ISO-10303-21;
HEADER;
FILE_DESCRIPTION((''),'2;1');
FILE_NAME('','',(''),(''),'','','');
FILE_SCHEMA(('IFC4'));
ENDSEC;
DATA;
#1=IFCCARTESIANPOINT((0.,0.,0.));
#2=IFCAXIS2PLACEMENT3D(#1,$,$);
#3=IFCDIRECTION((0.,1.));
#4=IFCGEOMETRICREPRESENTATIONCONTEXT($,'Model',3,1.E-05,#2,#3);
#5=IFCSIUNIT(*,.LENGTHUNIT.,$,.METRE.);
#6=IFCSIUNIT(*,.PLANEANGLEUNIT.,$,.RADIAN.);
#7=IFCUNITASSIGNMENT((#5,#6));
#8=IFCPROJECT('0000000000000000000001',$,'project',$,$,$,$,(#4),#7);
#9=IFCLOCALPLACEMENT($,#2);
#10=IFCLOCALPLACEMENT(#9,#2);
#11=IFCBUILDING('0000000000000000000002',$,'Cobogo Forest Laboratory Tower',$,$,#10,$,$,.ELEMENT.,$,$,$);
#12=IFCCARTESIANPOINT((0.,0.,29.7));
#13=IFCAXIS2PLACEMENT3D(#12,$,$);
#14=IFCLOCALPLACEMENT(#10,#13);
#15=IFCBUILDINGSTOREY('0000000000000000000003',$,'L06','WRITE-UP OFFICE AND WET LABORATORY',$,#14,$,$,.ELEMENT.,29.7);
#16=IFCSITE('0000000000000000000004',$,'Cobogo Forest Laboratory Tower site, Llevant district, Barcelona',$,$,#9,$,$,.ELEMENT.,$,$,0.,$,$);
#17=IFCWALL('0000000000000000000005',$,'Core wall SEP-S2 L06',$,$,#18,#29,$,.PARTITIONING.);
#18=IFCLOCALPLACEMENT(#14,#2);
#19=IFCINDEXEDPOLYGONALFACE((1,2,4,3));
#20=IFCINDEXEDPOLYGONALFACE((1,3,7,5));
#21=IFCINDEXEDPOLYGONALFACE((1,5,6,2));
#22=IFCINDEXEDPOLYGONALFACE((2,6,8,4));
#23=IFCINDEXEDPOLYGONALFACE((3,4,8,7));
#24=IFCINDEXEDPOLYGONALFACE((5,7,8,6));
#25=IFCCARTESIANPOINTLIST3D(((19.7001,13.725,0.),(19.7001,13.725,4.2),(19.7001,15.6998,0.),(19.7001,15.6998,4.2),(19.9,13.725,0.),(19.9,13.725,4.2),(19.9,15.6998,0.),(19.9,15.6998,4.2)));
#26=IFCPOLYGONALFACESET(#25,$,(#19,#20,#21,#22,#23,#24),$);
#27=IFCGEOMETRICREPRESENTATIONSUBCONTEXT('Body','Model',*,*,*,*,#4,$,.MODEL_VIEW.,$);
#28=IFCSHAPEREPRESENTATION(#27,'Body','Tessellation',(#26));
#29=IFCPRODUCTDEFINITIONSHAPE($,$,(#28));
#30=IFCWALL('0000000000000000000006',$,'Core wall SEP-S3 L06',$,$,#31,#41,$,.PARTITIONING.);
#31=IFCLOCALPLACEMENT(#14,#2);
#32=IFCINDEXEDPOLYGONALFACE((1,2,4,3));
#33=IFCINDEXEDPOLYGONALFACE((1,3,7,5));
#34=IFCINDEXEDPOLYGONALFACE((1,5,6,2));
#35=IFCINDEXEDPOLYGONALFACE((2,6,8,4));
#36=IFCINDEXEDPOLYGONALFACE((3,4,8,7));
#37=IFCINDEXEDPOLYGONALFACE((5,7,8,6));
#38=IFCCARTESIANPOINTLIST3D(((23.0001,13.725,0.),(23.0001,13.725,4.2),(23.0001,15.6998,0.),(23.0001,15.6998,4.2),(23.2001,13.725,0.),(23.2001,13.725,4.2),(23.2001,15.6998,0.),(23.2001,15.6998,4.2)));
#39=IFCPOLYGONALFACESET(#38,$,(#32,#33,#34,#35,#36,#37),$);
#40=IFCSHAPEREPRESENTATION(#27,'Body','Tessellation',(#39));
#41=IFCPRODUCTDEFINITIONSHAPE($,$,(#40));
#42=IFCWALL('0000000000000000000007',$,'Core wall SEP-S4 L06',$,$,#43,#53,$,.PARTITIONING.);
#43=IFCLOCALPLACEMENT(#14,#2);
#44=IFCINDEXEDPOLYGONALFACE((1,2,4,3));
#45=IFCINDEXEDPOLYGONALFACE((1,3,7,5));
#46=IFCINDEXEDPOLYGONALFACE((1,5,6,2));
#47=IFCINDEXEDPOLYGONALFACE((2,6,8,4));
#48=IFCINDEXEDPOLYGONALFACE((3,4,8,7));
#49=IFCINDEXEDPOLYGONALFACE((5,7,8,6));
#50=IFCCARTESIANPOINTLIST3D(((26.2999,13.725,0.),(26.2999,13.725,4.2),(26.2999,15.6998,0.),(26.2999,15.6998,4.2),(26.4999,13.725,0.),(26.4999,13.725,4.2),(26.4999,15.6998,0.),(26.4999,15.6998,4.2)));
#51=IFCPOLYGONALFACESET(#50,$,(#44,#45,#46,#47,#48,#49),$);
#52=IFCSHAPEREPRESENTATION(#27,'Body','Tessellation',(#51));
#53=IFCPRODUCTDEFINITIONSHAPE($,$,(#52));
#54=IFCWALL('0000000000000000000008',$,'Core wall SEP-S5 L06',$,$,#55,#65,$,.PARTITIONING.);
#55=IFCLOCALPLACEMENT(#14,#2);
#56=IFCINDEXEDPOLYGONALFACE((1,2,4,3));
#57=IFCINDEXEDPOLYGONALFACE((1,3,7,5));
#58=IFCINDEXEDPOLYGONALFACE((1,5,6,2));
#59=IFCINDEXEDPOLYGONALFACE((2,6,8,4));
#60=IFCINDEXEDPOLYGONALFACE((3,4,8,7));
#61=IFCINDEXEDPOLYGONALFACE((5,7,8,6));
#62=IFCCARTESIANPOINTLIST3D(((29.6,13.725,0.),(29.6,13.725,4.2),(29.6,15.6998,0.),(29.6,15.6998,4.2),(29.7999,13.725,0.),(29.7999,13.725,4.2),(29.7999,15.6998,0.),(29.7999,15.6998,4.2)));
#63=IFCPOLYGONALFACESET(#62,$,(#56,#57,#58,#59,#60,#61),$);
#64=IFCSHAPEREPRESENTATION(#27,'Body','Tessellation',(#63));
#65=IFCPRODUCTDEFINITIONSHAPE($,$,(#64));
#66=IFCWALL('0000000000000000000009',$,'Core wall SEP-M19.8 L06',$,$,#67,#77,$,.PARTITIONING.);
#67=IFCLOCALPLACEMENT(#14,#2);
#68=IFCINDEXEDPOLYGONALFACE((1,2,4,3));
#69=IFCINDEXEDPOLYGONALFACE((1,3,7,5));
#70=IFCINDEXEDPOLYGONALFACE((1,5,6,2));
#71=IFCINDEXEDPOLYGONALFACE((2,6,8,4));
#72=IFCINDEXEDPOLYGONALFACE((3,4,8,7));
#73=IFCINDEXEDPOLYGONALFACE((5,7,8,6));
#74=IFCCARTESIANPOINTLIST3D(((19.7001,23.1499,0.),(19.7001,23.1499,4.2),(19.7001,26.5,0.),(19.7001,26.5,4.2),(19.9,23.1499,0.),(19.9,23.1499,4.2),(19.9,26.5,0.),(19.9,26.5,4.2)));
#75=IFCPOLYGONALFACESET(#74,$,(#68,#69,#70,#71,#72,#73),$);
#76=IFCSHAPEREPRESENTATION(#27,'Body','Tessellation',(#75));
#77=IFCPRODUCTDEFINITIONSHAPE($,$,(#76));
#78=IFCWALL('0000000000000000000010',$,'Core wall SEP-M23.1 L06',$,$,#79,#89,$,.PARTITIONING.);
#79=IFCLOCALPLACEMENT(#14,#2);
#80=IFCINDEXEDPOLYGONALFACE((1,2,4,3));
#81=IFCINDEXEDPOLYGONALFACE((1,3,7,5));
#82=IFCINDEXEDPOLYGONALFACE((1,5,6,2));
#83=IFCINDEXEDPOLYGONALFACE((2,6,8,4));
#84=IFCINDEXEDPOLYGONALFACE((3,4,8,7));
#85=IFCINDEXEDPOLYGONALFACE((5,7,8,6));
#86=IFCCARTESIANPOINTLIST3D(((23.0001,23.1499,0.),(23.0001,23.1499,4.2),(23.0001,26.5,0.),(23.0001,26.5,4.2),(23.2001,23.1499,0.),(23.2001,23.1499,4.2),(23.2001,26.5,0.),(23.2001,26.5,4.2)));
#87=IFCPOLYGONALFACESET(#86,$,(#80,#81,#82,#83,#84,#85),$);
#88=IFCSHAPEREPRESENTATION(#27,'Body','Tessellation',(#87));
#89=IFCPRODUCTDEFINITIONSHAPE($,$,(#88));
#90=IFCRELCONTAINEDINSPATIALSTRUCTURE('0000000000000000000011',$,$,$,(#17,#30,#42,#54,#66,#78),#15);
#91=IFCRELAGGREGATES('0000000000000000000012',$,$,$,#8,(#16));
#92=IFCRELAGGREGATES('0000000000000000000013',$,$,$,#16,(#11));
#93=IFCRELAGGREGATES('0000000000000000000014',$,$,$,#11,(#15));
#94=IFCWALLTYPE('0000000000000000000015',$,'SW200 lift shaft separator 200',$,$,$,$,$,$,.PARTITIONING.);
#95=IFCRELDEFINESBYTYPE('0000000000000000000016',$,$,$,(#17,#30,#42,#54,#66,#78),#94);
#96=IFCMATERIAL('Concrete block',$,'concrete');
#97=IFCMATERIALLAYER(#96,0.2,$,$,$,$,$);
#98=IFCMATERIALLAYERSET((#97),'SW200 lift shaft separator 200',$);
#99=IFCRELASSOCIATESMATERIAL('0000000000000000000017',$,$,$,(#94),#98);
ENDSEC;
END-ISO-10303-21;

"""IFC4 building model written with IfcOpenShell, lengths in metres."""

from ifc_helpers import new_model, si_unit, direction, frame, frame_2d, origin, place, context, subcontext, project, spatial, rectangle, extrude, material, layer, layer_set, type_object, element, save


model = new_model("IFC4")

# Units and contexts
model_context = context("Model", 3, precision=1e-05, world=origin(), true_north=direction((0.0, 1.0)))
body_context = subcontext(model_context, "Body", "Model", "MODEL_VIEW")
ifc_project = project(units=[si_unit("LENGTHUNIT", "METRE"), si_unit("PLANEANGLEUNIT", "RADIAN")], contexts=[model_context])

# Site, building, storey
site_placement = place(None, origin())
site = spatial("IfcSite", under=ifc_project, at=site_placement, Name="Cobogo Forest Laboratory Tower site, Llevant district, Barcelona", CompositionType="ELEMENT", RefElevation=0.0)
building_placement = place(site_placement, origin())
building = spatial("IfcBuilding", under=site, at=building_placement, Name="Cobogo Forest Laboratory Tower", CompositionType="ELEMENT")
storey_placement = place(building_placement, frame((0.0, 0.0, 29.7)))
storey = spatial("IfcBuildingStorey", under=building, at=storey_placement, Name="L06", Description="WRITE-UP OFFICE AND WET LABORATORY", CompositionType="ELEMENT", Elevation=29.7)

# Walls
ifc_material_1 = material(Name="Concrete block", Category="concrete")
ifc_layer_1 = layer(ifc_material_1, 0.2)
ifc_layer_set_1 = layer_set([ifc_layer_1], Name="SW200 lift shaft separator 200")
wall_type_1 = type_object("IfcWallType", Name="SW200 lift shaft separator 200", PredefinedType="PARTITIONING", material=ifc_layer_set_1)
for number, where, z_axis, x_axis, name in (
    (1, (19.8, 13.7251, 0.0), (0.0, 0.0, 1.0), (0.0, 1.0, 0.0), "Core wall SEP-S2 L06"),
    (2, (23.1001, 13.7251, 0.0), (0.0, 0.0, 1.0), (0.0, 1.0, 0.0), "Core wall SEP-S3 L06"),
    (3, (26.3999, 13.7251, 0.0), (0.0, 0.0, 1.0), (0.0, 1.0, 0.0), "Core wall SEP-S4 L06"),
    (4, (29.7, 13.7251, 0.0), (0.0, 0.0, 1.0), (0.0, 1.0, 0.0), "Core wall SEP-S5 L06"),
):
    element("IfcWall", number, at=place(storey_placement, frame(where, z_axis=z_axis, x_axis=x_axis)), inside=storey, type_object=wall_type_1, Name=name, PredefinedType="PARTITIONING", context=body_context, shape_type="SweptSolid", body=[
        extrude(rectangle(XDim=1.9749, YDim=0.2, at=frame_2d((0.9873, 0.0))), origin(), (0.0, 0.0, 1.0), 4.2),
    ])
for number, where, z_axis, x_axis, name in (
    (5, (19.8, 23.1499, 0.0), (0.0, 0.0, 1.0), (0.0, 1.0, 0.0), "Core wall SEP-M19.8 L06"),
    (6, (23.1001, 23.1499, 0.0), (0.0, 0.0, 1.0), (0.0, 1.0, 0.0), "Core wall SEP-M23.1 L06"),
):
    element("IfcWall", number, at=place(storey_placement, frame(where, z_axis=z_axis, x_axis=x_axis)), inside=storey, type_object=wall_type_1, Name=name, PredefinedType="PARTITIONING", context=body_context, shape_type="SweptSolid", body=[
        extrude(rectangle(XDim=3.3501, YDim=0.2, at=frame_2d((1.675, 0.0))), origin(), (0.0, 0.0, 1.0), 4.2),
    ])

save(model, "model.ifc")
